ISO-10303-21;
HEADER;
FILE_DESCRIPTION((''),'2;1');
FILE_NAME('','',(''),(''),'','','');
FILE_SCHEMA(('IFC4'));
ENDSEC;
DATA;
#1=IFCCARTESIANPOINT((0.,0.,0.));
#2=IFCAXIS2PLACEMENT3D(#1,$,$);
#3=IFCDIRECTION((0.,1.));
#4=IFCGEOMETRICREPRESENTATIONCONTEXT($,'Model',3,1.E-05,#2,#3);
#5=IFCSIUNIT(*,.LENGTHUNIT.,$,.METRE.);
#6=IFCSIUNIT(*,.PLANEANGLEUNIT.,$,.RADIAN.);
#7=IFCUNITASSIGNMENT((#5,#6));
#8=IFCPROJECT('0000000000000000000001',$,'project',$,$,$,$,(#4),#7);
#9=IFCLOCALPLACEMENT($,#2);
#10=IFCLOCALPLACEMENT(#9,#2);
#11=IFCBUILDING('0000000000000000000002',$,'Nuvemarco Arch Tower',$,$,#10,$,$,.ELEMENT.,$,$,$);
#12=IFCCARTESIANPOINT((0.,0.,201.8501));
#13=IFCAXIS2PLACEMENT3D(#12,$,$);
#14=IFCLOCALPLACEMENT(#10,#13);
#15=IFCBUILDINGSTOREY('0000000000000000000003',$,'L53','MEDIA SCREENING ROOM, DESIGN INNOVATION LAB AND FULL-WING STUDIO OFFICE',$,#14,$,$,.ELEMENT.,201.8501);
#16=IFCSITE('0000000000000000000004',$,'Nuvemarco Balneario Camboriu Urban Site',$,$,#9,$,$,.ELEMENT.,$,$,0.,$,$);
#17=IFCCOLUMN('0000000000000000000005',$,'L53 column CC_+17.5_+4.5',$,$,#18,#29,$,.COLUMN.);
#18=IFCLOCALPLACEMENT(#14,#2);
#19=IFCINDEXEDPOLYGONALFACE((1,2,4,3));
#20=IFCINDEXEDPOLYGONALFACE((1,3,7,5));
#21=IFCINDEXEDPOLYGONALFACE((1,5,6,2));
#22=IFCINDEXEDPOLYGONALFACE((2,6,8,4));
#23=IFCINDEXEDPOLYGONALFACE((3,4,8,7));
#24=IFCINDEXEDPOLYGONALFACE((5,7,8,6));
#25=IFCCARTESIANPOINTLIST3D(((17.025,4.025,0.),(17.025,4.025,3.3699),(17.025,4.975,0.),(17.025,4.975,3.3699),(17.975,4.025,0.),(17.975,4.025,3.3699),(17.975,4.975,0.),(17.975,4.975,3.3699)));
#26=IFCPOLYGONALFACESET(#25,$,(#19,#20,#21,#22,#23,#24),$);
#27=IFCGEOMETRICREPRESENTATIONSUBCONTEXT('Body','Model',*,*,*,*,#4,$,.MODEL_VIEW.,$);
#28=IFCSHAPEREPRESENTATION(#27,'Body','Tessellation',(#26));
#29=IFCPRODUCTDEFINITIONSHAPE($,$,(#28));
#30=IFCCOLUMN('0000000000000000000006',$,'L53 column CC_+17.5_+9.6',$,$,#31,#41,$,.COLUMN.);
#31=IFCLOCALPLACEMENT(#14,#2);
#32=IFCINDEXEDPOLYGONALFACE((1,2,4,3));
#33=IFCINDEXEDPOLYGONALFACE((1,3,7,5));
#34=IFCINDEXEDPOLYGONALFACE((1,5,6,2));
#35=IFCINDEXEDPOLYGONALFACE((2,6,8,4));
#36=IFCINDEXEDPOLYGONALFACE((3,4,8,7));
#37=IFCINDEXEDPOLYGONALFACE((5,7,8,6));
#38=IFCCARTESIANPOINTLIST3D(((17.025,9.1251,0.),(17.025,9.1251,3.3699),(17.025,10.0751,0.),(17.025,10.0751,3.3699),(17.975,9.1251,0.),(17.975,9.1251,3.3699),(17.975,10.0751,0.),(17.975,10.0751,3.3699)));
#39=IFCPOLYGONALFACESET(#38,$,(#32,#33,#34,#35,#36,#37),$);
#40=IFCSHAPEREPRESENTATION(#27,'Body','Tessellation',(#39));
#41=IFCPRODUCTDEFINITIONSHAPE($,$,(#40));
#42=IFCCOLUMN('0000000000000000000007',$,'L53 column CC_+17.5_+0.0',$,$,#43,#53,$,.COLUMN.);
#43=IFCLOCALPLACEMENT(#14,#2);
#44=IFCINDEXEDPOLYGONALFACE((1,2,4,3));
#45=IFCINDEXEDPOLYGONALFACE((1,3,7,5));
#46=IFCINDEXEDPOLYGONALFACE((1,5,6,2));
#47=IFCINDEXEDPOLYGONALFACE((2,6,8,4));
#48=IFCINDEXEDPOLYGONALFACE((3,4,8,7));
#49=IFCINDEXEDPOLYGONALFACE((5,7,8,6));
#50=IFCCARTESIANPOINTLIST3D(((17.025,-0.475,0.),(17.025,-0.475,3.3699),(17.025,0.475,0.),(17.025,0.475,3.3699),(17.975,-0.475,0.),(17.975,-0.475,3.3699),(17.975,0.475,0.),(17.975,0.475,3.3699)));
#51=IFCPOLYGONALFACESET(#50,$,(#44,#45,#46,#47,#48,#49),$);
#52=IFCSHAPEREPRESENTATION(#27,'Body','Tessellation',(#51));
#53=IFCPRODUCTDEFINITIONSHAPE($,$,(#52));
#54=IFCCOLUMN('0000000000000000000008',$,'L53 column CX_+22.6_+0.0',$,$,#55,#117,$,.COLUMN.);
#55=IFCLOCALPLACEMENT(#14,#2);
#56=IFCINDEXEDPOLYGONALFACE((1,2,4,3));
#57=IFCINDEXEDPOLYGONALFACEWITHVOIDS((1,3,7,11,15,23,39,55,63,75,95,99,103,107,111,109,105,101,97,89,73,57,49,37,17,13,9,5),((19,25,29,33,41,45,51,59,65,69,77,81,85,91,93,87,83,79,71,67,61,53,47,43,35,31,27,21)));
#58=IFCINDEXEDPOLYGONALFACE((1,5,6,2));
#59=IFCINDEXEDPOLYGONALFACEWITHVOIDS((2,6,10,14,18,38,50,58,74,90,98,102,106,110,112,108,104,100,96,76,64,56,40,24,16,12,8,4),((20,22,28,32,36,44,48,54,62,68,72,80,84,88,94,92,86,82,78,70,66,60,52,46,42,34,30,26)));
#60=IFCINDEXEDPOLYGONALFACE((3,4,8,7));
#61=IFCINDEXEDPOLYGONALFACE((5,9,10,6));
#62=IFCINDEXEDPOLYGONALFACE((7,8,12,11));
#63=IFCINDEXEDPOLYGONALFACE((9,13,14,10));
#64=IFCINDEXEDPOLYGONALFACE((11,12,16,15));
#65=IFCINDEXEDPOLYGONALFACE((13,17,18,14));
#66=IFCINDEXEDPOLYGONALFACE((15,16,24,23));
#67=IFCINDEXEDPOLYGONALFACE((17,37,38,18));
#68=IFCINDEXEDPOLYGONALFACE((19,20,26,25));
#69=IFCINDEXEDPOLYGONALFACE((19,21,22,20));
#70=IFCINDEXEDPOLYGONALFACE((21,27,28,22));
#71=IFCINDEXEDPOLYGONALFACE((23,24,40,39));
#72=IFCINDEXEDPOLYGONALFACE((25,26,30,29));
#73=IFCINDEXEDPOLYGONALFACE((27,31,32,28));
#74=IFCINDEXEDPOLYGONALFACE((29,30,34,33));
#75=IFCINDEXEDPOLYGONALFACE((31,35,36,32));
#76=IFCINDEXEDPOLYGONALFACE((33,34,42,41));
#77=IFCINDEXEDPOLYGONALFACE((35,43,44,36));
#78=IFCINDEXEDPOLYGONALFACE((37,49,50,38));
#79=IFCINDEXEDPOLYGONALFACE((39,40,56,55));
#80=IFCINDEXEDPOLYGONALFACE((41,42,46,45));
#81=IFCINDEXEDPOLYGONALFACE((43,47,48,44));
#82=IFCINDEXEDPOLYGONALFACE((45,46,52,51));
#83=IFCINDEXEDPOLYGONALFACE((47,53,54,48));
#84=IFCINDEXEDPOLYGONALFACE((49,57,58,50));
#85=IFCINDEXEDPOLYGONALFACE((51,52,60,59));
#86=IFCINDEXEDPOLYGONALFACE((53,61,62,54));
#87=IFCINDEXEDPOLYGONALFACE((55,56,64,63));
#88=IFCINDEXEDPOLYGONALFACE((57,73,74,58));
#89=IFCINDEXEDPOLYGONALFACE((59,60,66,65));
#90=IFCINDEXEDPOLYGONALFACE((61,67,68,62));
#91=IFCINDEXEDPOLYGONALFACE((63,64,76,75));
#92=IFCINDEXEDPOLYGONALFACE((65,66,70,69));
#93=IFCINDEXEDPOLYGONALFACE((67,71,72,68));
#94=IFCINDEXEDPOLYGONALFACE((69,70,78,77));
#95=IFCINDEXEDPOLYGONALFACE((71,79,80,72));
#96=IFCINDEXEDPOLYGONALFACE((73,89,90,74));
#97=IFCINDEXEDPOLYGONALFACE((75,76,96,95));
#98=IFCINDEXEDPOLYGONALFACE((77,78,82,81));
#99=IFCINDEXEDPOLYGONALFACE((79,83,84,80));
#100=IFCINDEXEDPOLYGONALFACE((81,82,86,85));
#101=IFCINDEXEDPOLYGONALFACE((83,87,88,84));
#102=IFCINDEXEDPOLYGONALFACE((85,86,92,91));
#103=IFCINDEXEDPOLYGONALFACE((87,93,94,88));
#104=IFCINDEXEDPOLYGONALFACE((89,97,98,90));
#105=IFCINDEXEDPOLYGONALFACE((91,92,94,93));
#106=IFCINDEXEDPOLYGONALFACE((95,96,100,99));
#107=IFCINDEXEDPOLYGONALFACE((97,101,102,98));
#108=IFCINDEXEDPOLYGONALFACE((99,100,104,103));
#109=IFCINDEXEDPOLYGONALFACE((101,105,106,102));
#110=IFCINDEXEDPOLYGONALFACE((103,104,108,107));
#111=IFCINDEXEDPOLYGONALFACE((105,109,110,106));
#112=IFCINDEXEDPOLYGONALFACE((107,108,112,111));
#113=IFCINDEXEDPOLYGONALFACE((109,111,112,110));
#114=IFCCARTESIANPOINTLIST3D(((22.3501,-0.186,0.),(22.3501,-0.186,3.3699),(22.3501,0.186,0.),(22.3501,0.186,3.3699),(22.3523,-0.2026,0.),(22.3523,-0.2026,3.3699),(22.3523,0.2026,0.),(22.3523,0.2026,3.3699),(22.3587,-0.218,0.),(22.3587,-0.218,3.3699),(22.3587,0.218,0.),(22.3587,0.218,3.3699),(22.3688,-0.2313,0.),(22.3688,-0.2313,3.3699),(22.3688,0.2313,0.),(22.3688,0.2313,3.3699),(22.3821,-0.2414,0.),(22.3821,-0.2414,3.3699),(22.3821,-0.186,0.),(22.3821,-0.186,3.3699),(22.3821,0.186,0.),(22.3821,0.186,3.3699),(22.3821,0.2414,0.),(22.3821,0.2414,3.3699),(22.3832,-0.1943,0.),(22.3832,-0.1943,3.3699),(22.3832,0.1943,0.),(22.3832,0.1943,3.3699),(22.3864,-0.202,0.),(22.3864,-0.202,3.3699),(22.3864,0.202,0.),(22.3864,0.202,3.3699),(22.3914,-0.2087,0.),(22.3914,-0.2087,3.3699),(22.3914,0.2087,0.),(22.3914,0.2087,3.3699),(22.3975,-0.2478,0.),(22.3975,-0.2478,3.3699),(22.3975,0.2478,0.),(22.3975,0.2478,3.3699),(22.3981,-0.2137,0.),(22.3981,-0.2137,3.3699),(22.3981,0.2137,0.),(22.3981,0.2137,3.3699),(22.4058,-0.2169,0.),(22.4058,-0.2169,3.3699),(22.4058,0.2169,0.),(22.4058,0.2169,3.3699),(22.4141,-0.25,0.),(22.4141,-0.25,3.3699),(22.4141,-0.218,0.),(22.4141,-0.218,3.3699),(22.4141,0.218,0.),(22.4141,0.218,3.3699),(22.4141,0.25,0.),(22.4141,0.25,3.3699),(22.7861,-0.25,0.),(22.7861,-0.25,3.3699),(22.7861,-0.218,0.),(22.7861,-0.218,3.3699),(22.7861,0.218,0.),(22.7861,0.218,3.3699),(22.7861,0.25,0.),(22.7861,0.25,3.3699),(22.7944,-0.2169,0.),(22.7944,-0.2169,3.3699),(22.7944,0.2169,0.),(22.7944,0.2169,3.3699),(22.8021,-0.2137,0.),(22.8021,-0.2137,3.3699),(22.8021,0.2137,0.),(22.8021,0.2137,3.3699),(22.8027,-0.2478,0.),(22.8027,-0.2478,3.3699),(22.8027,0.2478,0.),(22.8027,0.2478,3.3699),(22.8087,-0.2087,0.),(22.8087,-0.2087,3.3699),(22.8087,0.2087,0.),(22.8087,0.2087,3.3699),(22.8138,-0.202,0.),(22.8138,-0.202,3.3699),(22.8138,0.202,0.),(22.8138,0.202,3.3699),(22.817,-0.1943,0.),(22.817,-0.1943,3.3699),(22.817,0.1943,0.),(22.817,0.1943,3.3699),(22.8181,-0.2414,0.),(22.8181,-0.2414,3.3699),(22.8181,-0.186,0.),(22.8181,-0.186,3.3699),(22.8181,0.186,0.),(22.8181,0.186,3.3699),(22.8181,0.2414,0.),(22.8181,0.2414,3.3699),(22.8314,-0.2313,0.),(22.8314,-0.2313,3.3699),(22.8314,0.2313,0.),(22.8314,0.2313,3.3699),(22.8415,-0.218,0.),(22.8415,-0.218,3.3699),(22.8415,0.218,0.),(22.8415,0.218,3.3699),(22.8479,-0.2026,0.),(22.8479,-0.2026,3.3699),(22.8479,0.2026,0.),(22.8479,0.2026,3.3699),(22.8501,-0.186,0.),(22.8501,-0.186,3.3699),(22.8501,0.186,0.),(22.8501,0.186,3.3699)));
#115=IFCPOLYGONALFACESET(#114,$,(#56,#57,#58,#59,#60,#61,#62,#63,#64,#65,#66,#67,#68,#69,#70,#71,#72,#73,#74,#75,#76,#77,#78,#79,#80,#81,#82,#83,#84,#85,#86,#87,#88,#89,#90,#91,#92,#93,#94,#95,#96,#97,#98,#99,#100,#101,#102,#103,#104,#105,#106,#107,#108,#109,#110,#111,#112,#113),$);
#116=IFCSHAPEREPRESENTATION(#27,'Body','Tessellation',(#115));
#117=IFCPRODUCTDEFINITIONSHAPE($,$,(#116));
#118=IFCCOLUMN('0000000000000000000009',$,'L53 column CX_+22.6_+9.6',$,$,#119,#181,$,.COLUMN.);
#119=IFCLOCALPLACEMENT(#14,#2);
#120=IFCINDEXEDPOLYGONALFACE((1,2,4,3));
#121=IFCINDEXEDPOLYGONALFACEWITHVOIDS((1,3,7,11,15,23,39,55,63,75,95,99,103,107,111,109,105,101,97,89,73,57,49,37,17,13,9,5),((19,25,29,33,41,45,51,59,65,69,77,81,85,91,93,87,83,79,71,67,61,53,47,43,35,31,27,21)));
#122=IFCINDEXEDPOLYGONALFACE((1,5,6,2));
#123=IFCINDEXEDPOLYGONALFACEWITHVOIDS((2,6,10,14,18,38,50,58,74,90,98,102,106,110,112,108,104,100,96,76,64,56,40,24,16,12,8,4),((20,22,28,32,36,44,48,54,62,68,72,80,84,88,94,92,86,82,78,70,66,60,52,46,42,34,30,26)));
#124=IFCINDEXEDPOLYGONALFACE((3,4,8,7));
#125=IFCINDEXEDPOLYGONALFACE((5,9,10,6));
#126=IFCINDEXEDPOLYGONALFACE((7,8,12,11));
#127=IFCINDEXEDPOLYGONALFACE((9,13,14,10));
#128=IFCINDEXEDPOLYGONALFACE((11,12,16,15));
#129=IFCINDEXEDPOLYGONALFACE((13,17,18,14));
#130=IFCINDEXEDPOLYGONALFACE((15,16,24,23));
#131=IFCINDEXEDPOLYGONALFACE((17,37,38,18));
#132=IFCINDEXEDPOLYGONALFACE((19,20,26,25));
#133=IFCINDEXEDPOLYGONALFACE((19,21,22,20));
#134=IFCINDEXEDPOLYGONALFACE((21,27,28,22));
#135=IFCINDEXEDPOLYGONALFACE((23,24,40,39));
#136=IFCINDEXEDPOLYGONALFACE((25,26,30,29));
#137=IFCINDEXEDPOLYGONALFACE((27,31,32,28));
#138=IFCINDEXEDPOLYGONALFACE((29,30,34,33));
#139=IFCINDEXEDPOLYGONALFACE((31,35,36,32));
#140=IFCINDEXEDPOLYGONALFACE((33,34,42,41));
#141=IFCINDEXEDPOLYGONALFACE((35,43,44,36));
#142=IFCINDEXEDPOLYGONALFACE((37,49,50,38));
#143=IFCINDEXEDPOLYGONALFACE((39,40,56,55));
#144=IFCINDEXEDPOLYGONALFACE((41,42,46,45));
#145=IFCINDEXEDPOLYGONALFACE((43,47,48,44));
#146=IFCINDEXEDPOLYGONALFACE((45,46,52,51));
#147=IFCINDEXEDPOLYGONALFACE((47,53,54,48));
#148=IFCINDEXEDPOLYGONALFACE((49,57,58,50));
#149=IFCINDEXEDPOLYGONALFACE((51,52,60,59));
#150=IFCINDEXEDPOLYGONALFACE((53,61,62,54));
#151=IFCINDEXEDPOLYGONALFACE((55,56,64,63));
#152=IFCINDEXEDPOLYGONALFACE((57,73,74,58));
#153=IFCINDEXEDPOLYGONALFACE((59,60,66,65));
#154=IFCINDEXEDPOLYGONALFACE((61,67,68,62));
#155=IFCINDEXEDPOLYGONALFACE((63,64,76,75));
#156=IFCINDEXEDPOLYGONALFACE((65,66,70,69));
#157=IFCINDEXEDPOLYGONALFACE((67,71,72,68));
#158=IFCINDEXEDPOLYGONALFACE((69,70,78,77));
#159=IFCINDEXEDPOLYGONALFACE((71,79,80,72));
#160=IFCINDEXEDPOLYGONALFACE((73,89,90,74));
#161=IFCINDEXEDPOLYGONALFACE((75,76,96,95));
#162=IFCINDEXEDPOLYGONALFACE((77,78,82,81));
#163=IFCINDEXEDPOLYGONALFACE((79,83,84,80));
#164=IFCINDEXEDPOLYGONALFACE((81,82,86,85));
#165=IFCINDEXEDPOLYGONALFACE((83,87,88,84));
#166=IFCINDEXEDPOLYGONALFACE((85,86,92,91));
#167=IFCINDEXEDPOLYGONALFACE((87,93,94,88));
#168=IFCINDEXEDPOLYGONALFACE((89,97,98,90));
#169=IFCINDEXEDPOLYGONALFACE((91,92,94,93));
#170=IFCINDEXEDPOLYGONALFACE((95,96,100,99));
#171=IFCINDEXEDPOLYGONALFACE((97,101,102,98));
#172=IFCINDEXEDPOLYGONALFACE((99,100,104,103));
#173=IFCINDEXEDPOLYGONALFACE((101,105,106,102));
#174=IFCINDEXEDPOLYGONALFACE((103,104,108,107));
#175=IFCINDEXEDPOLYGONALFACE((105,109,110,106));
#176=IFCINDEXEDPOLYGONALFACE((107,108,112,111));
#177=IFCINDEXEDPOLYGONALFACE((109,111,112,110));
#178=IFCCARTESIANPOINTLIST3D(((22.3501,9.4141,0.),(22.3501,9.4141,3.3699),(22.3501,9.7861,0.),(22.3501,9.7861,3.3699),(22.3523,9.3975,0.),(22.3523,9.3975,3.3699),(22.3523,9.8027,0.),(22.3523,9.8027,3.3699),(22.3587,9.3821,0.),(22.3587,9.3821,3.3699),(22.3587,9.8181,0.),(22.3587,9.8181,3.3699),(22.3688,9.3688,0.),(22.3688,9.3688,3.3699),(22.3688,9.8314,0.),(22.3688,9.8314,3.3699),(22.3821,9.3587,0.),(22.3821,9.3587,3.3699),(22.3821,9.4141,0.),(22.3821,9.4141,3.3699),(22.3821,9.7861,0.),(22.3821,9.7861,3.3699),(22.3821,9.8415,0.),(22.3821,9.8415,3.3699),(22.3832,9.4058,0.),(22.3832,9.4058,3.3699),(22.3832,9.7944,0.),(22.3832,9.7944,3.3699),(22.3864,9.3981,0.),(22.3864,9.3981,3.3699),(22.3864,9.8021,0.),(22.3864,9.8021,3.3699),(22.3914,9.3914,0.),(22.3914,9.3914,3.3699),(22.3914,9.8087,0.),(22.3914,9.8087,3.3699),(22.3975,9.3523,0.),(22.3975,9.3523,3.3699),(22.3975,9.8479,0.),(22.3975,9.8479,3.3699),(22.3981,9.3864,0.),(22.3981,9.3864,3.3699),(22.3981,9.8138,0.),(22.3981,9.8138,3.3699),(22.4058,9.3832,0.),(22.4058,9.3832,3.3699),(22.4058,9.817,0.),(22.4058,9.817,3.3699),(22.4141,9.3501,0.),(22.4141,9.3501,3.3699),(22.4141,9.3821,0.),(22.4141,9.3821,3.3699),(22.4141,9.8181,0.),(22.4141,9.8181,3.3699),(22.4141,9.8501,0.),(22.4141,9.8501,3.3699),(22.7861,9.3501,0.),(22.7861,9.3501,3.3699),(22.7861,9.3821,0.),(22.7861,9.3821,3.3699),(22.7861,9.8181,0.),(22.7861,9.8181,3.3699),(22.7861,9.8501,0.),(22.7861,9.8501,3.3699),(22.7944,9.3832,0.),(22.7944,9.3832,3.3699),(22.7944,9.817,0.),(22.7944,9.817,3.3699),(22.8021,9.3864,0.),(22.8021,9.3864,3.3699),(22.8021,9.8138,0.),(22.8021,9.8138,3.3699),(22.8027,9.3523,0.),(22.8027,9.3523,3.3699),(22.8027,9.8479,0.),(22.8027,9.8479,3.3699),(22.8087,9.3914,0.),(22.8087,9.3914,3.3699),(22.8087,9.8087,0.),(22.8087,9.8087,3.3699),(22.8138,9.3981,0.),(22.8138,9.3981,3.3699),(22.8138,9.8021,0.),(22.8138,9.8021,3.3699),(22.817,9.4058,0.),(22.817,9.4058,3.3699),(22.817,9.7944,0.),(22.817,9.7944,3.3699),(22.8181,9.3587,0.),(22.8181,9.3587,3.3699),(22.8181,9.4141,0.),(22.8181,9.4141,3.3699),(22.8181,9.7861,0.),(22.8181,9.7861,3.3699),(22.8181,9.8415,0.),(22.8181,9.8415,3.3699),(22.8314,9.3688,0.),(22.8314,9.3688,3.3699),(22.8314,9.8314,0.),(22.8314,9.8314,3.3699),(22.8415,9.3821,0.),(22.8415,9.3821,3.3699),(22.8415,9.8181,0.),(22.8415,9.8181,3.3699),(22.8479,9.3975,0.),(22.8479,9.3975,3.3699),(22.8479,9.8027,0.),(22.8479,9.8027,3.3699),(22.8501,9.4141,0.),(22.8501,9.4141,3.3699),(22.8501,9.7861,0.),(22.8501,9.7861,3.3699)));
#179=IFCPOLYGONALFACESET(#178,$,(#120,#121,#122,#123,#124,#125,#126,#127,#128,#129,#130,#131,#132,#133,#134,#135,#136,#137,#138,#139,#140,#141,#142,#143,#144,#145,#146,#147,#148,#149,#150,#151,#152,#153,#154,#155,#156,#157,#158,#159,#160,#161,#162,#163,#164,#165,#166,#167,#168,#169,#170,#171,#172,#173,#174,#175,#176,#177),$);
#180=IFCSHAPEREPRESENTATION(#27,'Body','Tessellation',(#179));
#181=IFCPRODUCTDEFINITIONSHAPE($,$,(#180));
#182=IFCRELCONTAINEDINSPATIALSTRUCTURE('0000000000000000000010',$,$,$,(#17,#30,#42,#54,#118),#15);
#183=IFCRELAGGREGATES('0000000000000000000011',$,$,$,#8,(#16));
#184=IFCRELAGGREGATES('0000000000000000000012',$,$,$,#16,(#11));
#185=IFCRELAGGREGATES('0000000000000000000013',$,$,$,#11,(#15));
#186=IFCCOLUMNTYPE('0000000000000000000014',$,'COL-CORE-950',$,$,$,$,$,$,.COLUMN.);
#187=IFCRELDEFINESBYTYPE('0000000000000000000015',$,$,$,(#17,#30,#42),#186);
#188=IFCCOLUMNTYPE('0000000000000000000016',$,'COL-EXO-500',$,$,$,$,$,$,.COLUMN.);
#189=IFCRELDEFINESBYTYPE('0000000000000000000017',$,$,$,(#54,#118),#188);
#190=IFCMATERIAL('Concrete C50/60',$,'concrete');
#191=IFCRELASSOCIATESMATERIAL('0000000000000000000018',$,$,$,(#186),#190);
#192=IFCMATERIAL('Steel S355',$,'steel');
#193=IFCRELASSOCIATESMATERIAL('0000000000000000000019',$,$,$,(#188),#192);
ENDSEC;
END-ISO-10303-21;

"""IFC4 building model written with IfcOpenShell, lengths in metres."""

from ifc_helpers import new_model, si_unit, direction, frame, origin, origin_2d, place, context, subcontext, project, spatial, rectangle, hollow_rectangle, extrude, material, material_profile, profile_set, type_object, element, save


model = new_model("IFC4")

# Units and contexts
model_context = context("Model", 3, precision=1e-05, world=origin(), true_north=direction((0.0, 1.0)))
body_context = subcontext(model_context, "Body", "Model", "MODEL_VIEW")
ifc_project = project(units=[si_unit("LENGTHUNIT", "METRE"), si_unit("PLANEANGLEUNIT", "RADIAN")], contexts=[model_context])

# Site, building, storey
site_placement = place(None, origin())
site = spatial("IfcSite", under=ifc_project, at=site_placement, Name="Nuvemarco Balneario Camboriu Urban Site", CompositionType="ELEMENT", RefElevation=0.0)
building_placement = place(site_placement, origin())
building = spatial("IfcBuilding", under=site, at=building_placement, Name="Nuvemarco Arch Tower", CompositionType="ELEMENT")
storey_placement = place(building_placement, frame((0.0, 0.0, 201.8501)))
storey = spatial("IfcBuildingStorey", under=building, at=storey_placement, Name="L53", Description="MEDIA SCREENING ROOM, DESIGN INNOVATION LAB AND FULL-WING STUDIO OFFICE", CompositionType="ELEMENT", Elevation=201.8501)

# Columns
ifc_material_1 = material(Name="Concrete C50/60", Category="concrete")
ifc_material_profile_1 = material_profile(ifc_material_1, rectangle(XDim=0.95, YDim=0.95, at=origin_2d()), Name="RC-COL-950x950")
ifc_profile_set_1 = profile_set([ifc_material_profile_1], Name="Concrete C50/60")
column_type_1 = type_object("IfcColumnType", Name="COL-CORE-950", PredefinedType="COLUMN", material=ifc_profile_set_1)
for number, where, z_axis, x_axis, name in (
    (1, (17.5, 4.5, 0.0), (0.0, 0.0, 1.0), (1.0, 0.0, 0.0), "L53 column CC_+17.5_+4.5"),
    (2, (17.5, 9.6001, 0.0), (0.0, 0.0, 1.0), (1.0, 0.0, 0.0), "L53 column CC_+17.5_+9.6"),
    (3, (17.5, 0.0, 0.0), (0.0, 0.0, 1.0), (1.0, 0.0, 0.0), "L53 column CC_+17.5_+0.0"),
):
    element("IfcColumn", number, at=place(storey_placement, frame(where, z_axis=z_axis, x_axis=x_axis)), inside=storey, type_object=column_type_1, Name=name, PredefinedType="COLUMN", context=body_context, shape_type="SweptSolid", body=[
        extrude(rectangle(XDim=0.95, YDim=0.95, at=origin_2d()), origin(), (0.0, 0.0, 1.0), 3.3699),
    ])
ifc_material_2 = material(Name="Steel S355", Category="steel")
ifc_material_profile_2 = material_profile(ifc_material_2, hollow_rectangle(XDim=0.5, YDim=0.5, WallThickness=0.032, InnerFilletRadius=0.032, OuterFilletRadius=0.064, at=origin_2d()), Name="SHS500x500x32")
ifc_profile_set_2 = profile_set([ifc_material_profile_2], Name="Steel S355")
column_type_2 = type_object("IfcColumnType", Name="COL-EXO-500", PredefinedType="COLUMN", material=ifc_profile_set_2)
for number, where, z_axis, x_axis, name in (
    (4, (22.6001, 0.0, 0.0), (0.0, 0.0, 1.0), (1.0, 0.0, 0.0), "L53 column CX_+22.6_+0.0"),
    (5, (22.6001, 9.6001, 0.0), (0.0, 0.0, 1.0), (1.0, 0.0, 0.0), "L53 column CX_+22.6_+9.6"),
):
    element("IfcColumn", number, at=place(storey_placement, frame(where, z_axis=z_axis, x_axis=x_axis)), inside=storey, type_object=column_type_2, Name=name, PredefinedType="COLUMN", context=body_context, shape_type="SweptSolid", body=[
        extrude(hollow_rectangle(XDim=0.5, YDim=0.5, WallThickness=0.032, InnerFilletRadius=0.032, OuterFilletRadius=0.064, at=origin_2d()), origin(), (0.0, 0.0, 1.0), 3.3699),
    ])

save(model, "model.ifc")
